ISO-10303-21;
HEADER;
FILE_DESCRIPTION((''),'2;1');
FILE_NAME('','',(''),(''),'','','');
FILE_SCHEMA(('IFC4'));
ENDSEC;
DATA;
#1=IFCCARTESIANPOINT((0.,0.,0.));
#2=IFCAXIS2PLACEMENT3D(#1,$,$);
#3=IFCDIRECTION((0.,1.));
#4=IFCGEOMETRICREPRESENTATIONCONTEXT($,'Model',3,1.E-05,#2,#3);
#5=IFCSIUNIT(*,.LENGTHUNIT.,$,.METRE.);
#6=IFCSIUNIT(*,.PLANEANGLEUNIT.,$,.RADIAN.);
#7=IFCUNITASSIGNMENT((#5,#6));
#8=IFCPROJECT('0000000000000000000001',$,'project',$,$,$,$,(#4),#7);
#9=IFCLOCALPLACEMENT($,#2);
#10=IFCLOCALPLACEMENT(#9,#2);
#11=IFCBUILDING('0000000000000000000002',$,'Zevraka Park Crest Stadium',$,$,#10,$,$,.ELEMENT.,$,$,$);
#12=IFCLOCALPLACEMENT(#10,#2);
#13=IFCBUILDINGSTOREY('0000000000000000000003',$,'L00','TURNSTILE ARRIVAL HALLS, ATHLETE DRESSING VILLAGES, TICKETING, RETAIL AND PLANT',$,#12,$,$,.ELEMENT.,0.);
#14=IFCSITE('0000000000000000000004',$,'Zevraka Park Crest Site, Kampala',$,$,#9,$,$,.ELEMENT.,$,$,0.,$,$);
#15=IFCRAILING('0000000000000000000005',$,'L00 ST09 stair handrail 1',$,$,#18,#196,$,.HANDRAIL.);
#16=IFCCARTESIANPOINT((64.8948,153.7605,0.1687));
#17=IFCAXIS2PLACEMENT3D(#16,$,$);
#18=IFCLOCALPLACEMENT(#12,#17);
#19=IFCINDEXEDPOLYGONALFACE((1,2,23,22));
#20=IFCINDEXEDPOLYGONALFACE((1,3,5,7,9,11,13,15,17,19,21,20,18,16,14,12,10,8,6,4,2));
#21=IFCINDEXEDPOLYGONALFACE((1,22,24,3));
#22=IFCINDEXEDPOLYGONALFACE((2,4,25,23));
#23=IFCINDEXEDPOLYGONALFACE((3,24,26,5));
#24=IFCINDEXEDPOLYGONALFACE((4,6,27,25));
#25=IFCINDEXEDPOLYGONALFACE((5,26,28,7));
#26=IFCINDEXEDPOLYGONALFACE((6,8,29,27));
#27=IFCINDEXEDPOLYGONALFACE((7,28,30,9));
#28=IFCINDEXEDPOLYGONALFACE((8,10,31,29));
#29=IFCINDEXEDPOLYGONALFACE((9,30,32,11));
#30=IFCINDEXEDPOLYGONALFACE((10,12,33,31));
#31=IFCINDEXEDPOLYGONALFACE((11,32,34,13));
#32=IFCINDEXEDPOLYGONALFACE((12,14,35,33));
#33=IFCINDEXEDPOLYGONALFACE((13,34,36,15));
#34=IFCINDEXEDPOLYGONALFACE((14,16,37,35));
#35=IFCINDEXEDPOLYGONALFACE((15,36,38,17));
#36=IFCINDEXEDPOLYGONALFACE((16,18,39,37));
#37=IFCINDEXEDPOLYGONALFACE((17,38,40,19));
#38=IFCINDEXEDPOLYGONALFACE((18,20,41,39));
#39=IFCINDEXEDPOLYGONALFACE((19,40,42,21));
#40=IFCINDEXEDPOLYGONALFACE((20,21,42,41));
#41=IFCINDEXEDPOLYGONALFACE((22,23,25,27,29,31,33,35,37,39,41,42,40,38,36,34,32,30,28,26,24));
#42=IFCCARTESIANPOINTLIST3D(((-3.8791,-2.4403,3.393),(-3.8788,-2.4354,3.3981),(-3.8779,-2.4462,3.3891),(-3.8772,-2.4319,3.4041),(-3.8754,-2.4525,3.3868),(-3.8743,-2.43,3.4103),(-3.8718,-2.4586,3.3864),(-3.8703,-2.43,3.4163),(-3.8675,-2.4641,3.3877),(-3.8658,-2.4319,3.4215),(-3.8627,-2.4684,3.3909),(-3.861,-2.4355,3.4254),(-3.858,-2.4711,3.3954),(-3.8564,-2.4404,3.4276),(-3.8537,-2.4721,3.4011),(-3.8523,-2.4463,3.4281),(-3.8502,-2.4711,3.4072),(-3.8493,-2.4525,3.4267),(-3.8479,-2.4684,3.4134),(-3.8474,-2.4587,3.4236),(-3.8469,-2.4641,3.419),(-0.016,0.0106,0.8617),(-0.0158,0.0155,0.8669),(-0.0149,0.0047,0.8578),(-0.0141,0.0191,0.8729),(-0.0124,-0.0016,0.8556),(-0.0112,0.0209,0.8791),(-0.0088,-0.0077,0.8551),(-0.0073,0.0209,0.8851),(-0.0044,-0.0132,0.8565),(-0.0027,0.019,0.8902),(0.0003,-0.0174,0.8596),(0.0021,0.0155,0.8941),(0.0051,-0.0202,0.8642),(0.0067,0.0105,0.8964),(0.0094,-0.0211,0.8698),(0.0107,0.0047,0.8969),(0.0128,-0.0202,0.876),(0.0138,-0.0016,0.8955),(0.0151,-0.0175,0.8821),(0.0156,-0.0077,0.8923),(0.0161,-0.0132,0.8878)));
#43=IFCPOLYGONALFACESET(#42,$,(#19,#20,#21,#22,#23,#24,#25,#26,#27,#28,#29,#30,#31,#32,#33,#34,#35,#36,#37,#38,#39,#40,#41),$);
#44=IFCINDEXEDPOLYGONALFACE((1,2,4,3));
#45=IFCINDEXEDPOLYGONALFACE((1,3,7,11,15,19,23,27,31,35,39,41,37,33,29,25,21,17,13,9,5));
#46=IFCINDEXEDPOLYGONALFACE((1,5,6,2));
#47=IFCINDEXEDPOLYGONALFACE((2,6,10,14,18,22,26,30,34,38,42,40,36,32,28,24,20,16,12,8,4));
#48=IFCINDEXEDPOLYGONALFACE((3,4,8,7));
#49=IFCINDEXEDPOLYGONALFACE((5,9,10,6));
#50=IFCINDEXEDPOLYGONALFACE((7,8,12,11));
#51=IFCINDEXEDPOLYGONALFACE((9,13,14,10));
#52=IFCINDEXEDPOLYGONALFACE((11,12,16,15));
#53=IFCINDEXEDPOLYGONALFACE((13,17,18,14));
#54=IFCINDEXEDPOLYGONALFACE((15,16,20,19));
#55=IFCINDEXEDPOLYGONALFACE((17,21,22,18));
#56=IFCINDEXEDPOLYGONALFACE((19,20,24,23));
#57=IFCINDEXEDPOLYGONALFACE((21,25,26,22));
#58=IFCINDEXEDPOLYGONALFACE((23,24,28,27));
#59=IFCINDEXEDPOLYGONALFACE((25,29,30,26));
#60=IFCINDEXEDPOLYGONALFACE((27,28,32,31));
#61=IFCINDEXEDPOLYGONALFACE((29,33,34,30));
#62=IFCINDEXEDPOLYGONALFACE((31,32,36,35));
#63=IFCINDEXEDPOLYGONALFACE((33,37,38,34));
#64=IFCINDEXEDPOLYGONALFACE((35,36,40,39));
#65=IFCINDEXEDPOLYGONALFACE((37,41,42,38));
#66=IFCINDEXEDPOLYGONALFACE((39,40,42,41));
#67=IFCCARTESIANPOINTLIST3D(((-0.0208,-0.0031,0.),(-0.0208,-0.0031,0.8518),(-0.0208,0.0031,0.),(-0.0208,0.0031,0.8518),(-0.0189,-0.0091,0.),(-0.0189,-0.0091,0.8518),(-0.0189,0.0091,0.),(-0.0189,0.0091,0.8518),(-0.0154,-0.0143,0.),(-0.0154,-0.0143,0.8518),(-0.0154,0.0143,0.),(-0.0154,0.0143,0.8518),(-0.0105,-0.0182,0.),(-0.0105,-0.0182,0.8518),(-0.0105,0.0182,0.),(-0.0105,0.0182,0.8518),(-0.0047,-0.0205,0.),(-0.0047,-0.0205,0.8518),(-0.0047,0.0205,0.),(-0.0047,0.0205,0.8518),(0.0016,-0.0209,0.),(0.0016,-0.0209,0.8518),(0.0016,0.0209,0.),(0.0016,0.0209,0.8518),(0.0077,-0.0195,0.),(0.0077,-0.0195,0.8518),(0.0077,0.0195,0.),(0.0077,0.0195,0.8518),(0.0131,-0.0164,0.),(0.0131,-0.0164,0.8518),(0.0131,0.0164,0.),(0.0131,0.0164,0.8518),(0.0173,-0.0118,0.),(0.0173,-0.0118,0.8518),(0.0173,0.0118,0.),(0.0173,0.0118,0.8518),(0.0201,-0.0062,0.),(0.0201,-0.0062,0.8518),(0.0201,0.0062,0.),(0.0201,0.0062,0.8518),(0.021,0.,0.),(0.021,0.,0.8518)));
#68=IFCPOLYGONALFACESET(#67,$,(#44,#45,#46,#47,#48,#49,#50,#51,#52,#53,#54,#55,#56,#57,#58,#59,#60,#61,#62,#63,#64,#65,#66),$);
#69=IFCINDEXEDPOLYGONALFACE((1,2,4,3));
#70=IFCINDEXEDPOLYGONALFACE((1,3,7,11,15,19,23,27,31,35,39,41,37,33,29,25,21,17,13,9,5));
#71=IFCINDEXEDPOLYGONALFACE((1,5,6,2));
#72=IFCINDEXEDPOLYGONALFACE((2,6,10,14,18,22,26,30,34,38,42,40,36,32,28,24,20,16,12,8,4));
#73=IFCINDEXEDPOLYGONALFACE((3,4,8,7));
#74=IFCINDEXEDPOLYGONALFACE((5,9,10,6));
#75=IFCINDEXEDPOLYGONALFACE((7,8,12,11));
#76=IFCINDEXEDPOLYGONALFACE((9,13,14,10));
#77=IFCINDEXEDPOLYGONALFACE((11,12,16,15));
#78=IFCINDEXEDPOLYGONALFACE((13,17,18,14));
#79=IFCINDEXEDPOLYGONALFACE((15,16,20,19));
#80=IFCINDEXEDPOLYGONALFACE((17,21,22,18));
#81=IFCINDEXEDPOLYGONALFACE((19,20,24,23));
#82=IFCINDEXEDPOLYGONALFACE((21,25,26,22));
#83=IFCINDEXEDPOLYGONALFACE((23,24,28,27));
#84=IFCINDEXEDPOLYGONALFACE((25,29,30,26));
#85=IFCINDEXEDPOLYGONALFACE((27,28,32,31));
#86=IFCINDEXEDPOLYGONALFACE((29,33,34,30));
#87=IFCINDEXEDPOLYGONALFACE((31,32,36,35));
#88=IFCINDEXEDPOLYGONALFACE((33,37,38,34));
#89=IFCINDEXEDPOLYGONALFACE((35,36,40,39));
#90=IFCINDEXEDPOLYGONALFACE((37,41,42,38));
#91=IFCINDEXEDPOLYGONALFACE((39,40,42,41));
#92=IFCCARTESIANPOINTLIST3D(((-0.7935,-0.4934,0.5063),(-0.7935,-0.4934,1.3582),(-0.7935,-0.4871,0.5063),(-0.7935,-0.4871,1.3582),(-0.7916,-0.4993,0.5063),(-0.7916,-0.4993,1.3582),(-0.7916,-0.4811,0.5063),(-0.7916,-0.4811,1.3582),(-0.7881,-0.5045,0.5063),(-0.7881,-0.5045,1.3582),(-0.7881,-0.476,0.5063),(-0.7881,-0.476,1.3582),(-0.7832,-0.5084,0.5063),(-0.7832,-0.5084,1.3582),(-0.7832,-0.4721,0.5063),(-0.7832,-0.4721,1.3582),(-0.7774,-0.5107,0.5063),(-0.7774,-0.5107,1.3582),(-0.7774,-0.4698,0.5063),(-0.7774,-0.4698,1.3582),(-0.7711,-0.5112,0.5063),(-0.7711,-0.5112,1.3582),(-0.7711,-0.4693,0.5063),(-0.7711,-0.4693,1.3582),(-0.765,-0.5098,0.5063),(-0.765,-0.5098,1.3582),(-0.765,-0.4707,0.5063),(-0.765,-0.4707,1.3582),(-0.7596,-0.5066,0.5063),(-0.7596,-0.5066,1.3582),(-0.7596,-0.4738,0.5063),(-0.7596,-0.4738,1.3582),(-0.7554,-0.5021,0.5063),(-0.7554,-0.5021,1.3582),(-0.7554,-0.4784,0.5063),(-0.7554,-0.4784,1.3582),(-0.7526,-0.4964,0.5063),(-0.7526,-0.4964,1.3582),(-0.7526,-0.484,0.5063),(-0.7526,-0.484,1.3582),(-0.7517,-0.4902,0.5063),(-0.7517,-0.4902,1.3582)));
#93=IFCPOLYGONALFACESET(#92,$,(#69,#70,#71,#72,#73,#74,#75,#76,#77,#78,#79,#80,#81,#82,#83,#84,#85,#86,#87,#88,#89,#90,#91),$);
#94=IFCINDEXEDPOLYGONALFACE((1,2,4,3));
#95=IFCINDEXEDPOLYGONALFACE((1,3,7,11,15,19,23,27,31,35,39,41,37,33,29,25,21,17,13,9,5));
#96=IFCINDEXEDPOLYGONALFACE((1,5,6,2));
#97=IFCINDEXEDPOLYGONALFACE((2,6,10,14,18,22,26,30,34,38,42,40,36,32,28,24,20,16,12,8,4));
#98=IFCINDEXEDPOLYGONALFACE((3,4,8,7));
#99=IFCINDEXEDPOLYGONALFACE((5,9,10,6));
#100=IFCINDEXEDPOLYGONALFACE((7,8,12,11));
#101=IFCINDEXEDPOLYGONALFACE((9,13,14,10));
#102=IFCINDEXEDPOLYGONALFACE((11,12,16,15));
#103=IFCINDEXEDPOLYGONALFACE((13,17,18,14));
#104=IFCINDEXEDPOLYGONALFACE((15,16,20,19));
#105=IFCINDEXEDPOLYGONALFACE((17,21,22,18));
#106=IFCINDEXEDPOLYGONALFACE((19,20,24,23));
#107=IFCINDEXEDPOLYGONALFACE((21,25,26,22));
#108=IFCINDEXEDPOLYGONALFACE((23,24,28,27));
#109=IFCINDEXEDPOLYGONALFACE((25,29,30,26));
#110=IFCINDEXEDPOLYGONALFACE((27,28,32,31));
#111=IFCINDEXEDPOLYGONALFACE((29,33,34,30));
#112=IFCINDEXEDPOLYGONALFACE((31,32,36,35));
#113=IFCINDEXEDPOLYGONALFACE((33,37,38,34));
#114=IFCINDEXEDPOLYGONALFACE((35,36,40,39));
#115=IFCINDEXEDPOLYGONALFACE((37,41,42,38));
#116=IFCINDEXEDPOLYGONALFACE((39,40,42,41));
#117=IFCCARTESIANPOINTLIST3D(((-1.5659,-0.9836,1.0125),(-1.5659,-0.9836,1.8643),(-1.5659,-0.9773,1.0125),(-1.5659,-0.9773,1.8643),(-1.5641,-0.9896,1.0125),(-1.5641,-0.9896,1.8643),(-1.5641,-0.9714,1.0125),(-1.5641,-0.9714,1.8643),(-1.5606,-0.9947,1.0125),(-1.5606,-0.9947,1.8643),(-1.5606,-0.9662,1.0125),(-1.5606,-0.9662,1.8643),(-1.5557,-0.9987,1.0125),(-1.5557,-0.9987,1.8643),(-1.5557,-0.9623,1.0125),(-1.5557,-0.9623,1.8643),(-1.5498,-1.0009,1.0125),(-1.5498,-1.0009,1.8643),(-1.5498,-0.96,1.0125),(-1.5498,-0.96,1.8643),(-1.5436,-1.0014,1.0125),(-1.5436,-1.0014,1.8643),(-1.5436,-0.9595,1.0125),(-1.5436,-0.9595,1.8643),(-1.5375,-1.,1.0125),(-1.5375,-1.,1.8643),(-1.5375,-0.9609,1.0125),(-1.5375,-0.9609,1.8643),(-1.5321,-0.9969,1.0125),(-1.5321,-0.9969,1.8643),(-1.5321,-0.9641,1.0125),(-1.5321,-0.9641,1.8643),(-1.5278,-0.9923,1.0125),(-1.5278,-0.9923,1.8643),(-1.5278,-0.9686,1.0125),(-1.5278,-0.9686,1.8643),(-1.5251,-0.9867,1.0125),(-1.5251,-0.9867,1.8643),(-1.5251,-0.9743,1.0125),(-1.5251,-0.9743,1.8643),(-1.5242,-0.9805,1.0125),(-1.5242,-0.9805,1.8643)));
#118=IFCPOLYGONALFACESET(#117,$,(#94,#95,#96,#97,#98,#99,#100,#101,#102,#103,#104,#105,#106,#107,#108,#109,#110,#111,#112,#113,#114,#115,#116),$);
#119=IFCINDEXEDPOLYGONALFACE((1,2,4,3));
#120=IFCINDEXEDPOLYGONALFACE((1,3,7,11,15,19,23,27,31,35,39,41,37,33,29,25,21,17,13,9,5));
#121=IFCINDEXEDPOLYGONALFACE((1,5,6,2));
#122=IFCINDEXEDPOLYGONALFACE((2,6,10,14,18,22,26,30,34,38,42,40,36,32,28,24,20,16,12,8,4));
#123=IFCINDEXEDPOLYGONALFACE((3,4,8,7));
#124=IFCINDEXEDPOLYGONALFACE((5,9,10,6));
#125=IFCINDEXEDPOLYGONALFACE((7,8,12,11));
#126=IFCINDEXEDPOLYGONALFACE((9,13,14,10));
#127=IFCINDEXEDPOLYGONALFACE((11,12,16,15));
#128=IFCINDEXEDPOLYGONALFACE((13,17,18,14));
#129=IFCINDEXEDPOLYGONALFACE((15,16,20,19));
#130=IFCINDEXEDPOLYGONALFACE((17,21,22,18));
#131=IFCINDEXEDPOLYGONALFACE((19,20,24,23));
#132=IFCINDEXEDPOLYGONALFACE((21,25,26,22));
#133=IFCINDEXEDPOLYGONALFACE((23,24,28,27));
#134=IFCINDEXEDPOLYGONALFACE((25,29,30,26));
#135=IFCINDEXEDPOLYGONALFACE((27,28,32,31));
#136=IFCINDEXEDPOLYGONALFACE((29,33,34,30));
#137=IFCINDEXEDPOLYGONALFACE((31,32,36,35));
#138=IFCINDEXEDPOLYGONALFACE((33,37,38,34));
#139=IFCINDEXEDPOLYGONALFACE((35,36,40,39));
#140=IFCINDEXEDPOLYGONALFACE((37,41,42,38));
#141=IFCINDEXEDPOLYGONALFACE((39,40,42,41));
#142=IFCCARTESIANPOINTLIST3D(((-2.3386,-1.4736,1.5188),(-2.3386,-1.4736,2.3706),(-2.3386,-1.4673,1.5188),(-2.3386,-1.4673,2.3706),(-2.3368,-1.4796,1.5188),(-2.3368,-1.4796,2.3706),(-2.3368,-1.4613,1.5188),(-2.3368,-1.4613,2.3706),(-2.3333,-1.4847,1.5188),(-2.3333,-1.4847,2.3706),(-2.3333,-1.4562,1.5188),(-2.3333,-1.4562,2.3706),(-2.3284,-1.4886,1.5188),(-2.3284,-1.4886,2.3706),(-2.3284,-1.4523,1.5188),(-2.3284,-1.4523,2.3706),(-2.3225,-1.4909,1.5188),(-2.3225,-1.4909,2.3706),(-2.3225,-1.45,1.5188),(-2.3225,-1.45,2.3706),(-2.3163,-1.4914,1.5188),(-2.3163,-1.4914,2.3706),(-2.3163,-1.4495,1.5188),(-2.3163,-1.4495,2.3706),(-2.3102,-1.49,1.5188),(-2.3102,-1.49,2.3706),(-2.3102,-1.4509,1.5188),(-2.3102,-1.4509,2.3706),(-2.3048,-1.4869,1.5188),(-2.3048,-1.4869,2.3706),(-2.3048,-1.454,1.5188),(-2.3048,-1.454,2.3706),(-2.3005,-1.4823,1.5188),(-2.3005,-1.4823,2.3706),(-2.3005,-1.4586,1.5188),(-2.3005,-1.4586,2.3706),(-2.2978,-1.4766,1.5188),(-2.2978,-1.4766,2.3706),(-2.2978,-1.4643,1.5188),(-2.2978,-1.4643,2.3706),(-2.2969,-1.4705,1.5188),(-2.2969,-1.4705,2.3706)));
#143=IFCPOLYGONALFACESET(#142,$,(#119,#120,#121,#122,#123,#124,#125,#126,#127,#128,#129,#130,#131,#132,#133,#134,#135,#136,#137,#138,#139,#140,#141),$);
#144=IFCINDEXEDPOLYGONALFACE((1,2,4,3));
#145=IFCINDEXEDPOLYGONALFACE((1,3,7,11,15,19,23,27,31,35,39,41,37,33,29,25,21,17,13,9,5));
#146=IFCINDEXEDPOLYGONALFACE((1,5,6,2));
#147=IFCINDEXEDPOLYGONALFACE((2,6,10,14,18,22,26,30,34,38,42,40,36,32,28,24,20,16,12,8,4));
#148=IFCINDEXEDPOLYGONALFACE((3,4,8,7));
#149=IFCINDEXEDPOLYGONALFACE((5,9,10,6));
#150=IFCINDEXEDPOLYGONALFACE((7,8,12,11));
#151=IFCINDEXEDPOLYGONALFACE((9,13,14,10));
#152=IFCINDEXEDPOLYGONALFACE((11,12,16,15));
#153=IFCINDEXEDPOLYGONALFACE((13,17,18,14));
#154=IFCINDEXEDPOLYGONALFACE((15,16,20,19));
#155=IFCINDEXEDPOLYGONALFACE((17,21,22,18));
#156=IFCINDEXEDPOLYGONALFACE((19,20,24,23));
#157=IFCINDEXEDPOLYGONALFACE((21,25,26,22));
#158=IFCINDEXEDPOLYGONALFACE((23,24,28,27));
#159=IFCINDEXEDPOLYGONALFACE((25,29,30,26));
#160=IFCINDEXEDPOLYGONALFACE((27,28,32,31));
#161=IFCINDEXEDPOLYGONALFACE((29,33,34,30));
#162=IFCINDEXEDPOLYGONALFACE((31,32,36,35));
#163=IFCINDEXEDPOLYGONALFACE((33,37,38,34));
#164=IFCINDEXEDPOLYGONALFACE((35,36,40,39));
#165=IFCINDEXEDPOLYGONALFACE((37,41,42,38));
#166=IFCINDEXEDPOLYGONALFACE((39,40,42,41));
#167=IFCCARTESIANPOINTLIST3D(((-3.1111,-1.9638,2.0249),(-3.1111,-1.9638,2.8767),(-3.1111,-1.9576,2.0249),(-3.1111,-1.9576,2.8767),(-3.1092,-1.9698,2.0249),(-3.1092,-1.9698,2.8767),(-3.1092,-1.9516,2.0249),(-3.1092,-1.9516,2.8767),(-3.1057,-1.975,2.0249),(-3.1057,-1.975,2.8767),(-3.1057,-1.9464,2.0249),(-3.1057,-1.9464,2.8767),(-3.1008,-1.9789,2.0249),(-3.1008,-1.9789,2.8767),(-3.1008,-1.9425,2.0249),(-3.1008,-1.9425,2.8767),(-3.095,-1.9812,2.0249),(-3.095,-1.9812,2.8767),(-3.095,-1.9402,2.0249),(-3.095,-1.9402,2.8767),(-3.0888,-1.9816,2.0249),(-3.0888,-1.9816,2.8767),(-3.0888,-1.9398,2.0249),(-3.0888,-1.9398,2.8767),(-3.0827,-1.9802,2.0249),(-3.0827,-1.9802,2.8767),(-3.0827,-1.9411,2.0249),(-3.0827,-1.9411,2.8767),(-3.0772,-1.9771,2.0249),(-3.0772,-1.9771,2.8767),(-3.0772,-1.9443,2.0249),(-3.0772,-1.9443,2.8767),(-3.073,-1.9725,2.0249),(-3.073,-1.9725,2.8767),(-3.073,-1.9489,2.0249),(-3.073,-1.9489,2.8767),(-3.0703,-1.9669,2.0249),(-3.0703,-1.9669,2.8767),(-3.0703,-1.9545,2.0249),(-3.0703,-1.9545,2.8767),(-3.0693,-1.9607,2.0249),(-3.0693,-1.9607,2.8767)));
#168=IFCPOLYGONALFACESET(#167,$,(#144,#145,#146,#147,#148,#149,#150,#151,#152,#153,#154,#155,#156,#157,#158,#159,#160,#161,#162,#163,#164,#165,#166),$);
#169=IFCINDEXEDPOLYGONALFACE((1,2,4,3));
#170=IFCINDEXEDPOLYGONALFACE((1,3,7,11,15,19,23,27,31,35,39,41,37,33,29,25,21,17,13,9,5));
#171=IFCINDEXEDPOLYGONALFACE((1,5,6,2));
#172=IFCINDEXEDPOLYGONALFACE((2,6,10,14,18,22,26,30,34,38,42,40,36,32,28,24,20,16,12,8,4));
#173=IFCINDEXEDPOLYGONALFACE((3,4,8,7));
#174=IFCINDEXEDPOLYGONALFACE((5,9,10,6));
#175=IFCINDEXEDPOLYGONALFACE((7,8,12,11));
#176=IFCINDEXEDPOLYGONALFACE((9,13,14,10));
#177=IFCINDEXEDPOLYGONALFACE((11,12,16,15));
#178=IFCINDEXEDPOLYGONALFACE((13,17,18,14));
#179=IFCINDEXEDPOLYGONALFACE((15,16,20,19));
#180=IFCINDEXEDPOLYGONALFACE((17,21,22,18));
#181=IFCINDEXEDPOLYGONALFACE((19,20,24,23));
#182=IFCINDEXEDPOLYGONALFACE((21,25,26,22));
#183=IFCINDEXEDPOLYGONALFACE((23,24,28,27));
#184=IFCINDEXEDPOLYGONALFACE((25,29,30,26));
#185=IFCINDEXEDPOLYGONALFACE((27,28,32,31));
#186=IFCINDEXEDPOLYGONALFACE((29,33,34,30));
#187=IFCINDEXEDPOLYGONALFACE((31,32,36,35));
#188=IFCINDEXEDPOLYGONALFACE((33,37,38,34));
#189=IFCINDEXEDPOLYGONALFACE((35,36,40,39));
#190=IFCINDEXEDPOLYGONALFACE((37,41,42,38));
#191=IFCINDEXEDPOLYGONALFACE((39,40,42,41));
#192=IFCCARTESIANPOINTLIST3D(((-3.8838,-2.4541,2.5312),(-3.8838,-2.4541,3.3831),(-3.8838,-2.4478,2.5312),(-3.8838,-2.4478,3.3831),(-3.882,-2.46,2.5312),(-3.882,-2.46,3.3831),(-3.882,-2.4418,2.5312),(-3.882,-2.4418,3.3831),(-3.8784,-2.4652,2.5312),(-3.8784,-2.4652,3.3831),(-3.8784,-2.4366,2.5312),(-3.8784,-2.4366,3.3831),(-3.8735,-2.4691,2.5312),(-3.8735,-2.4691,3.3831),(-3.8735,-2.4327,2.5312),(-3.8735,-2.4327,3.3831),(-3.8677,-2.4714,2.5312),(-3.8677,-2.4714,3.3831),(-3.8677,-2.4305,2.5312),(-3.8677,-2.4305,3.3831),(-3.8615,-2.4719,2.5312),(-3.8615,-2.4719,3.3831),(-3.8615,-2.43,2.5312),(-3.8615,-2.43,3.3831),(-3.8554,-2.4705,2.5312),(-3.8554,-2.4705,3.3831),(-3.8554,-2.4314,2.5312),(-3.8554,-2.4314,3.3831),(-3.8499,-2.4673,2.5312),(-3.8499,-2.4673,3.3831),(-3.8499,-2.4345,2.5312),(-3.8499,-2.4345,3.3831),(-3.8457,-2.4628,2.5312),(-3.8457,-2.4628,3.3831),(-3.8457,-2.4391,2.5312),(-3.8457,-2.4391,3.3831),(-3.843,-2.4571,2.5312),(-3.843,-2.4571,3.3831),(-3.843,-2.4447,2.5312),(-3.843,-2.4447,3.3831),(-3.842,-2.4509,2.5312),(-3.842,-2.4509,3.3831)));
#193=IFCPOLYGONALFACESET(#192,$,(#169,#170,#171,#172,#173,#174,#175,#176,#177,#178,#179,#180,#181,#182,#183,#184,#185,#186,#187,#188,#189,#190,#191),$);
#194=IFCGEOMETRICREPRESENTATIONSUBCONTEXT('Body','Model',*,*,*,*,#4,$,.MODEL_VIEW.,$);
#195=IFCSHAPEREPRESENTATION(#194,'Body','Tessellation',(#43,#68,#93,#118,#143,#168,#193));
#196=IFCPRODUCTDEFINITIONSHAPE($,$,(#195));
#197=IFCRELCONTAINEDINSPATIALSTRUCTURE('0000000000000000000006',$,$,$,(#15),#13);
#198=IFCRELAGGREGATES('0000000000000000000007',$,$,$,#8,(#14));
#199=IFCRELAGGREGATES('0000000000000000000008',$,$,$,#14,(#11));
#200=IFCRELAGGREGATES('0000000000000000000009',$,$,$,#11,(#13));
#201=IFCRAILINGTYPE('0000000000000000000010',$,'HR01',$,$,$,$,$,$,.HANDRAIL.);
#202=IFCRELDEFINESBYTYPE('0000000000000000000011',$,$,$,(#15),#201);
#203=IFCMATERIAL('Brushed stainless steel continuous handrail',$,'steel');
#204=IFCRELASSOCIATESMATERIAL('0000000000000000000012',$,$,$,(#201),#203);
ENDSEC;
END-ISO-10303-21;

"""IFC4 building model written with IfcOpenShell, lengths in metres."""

from ifc_helpers import new_model, si_unit, direction, frame, origin, origin_2d, place, context, subcontext, project, spatial, circle, extrude, material, type_object, element, save


model = new_model("IFC4")

# Units and contexts
model_context = context("Model", 3, precision=1e-05, world=origin(), true_north=direction((0.0, 1.0)))
body_context = subcontext(model_context, "Body", "Model", "MODEL_VIEW")
ifc_project = project(units=[si_unit("LENGTHUNIT", "METRE"), si_unit("PLANEANGLEUNIT", "RADIAN")], contexts=[model_context])

# Site, building, storey
site_placement = place(None, origin())
site = spatial("IfcSite", under=ifc_project, at=site_placement, Name="Zevraka Park Crest Site, Kampala", CompositionType="ELEMENT", RefElevation=0.0)
building_placement = place(site_placement, origin())
building = spatial("IfcBuilding", under=site, at=building_placement, Name="Zevraka Park Crest Stadium", CompositionType="ELEMENT")
storey_placement = place(building_placement, origin())
storey = spatial("IfcBuildingStorey", under=building, at=storey_placement, Name="L00", Description="TURNSTILE ARRIVAL HALLS, ATHLETE DRESSING VILLAGES, TICKETING, RETAIL AND PLANT", CompositionType="ELEMENT", Elevation=0.0)

# Railing
ifc_material_1 = material(Name="Brushed stainless steel continuous handrail", Category="steel")
railing_type_1 = type_object("IfcRailingType", Name="HR01", PredefinedType="HANDRAIL", material=ifc_material_1)
railing_1_placement = place(storey_placement, frame((64.8948, 153.7605, 0.1687)))
element("IfcRailing", 1, at=railing_1_placement, inside=storey, type_object=railing_type_1, Name="L00 ST09 stair handrail 1", PredefinedType="HANDRAIL", context=body_context, shape_type="SweptSolid", body=[
    extrude(circle(Radius=0.0239, at=origin_2d()), frame((0.0, 0.0, 0.876), z_axis=(-0.738841, -0.468762, 0.484124), x_axis=(0.535729, -0.84439, 0.0)), (0.0, 0.0, 1.0), 5.2285),
    extrude(circle(Radius=0.021, at=origin_2d()), origin(), (0.0, 0.0, 1.0), 0.8518),
    extrude(circle(Radius=0.021, at=origin_2d()), frame((-0.7727, -0.4902, 0.5063)), (0.0, 0.0, 1.0), 0.8518),
    extrude(circle(Radius=0.021, at=origin_2d()), frame((-1.5452, -0.9805, 1.0125)), (0.0, 0.0, 1.0), 0.8518),
    extrude(circle(Radius=0.021, at=origin_2d()), frame((-2.3179, -1.4705, 1.5188)), (0.0, 0.0, 1.0), 0.8518),
    extrude(circle(Radius=0.021, at=origin_2d()), frame((-3.0903, -1.9607, 2.0249)), (0.0, 0.0, 1.0), 0.8518),
    extrude(circle(Radius=0.021, at=origin_2d()), frame((-3.863, -2.4509, 2.5312)), (0.0, 0.0, 1.0), 0.8518),
])

save(model, "model.ifc")
